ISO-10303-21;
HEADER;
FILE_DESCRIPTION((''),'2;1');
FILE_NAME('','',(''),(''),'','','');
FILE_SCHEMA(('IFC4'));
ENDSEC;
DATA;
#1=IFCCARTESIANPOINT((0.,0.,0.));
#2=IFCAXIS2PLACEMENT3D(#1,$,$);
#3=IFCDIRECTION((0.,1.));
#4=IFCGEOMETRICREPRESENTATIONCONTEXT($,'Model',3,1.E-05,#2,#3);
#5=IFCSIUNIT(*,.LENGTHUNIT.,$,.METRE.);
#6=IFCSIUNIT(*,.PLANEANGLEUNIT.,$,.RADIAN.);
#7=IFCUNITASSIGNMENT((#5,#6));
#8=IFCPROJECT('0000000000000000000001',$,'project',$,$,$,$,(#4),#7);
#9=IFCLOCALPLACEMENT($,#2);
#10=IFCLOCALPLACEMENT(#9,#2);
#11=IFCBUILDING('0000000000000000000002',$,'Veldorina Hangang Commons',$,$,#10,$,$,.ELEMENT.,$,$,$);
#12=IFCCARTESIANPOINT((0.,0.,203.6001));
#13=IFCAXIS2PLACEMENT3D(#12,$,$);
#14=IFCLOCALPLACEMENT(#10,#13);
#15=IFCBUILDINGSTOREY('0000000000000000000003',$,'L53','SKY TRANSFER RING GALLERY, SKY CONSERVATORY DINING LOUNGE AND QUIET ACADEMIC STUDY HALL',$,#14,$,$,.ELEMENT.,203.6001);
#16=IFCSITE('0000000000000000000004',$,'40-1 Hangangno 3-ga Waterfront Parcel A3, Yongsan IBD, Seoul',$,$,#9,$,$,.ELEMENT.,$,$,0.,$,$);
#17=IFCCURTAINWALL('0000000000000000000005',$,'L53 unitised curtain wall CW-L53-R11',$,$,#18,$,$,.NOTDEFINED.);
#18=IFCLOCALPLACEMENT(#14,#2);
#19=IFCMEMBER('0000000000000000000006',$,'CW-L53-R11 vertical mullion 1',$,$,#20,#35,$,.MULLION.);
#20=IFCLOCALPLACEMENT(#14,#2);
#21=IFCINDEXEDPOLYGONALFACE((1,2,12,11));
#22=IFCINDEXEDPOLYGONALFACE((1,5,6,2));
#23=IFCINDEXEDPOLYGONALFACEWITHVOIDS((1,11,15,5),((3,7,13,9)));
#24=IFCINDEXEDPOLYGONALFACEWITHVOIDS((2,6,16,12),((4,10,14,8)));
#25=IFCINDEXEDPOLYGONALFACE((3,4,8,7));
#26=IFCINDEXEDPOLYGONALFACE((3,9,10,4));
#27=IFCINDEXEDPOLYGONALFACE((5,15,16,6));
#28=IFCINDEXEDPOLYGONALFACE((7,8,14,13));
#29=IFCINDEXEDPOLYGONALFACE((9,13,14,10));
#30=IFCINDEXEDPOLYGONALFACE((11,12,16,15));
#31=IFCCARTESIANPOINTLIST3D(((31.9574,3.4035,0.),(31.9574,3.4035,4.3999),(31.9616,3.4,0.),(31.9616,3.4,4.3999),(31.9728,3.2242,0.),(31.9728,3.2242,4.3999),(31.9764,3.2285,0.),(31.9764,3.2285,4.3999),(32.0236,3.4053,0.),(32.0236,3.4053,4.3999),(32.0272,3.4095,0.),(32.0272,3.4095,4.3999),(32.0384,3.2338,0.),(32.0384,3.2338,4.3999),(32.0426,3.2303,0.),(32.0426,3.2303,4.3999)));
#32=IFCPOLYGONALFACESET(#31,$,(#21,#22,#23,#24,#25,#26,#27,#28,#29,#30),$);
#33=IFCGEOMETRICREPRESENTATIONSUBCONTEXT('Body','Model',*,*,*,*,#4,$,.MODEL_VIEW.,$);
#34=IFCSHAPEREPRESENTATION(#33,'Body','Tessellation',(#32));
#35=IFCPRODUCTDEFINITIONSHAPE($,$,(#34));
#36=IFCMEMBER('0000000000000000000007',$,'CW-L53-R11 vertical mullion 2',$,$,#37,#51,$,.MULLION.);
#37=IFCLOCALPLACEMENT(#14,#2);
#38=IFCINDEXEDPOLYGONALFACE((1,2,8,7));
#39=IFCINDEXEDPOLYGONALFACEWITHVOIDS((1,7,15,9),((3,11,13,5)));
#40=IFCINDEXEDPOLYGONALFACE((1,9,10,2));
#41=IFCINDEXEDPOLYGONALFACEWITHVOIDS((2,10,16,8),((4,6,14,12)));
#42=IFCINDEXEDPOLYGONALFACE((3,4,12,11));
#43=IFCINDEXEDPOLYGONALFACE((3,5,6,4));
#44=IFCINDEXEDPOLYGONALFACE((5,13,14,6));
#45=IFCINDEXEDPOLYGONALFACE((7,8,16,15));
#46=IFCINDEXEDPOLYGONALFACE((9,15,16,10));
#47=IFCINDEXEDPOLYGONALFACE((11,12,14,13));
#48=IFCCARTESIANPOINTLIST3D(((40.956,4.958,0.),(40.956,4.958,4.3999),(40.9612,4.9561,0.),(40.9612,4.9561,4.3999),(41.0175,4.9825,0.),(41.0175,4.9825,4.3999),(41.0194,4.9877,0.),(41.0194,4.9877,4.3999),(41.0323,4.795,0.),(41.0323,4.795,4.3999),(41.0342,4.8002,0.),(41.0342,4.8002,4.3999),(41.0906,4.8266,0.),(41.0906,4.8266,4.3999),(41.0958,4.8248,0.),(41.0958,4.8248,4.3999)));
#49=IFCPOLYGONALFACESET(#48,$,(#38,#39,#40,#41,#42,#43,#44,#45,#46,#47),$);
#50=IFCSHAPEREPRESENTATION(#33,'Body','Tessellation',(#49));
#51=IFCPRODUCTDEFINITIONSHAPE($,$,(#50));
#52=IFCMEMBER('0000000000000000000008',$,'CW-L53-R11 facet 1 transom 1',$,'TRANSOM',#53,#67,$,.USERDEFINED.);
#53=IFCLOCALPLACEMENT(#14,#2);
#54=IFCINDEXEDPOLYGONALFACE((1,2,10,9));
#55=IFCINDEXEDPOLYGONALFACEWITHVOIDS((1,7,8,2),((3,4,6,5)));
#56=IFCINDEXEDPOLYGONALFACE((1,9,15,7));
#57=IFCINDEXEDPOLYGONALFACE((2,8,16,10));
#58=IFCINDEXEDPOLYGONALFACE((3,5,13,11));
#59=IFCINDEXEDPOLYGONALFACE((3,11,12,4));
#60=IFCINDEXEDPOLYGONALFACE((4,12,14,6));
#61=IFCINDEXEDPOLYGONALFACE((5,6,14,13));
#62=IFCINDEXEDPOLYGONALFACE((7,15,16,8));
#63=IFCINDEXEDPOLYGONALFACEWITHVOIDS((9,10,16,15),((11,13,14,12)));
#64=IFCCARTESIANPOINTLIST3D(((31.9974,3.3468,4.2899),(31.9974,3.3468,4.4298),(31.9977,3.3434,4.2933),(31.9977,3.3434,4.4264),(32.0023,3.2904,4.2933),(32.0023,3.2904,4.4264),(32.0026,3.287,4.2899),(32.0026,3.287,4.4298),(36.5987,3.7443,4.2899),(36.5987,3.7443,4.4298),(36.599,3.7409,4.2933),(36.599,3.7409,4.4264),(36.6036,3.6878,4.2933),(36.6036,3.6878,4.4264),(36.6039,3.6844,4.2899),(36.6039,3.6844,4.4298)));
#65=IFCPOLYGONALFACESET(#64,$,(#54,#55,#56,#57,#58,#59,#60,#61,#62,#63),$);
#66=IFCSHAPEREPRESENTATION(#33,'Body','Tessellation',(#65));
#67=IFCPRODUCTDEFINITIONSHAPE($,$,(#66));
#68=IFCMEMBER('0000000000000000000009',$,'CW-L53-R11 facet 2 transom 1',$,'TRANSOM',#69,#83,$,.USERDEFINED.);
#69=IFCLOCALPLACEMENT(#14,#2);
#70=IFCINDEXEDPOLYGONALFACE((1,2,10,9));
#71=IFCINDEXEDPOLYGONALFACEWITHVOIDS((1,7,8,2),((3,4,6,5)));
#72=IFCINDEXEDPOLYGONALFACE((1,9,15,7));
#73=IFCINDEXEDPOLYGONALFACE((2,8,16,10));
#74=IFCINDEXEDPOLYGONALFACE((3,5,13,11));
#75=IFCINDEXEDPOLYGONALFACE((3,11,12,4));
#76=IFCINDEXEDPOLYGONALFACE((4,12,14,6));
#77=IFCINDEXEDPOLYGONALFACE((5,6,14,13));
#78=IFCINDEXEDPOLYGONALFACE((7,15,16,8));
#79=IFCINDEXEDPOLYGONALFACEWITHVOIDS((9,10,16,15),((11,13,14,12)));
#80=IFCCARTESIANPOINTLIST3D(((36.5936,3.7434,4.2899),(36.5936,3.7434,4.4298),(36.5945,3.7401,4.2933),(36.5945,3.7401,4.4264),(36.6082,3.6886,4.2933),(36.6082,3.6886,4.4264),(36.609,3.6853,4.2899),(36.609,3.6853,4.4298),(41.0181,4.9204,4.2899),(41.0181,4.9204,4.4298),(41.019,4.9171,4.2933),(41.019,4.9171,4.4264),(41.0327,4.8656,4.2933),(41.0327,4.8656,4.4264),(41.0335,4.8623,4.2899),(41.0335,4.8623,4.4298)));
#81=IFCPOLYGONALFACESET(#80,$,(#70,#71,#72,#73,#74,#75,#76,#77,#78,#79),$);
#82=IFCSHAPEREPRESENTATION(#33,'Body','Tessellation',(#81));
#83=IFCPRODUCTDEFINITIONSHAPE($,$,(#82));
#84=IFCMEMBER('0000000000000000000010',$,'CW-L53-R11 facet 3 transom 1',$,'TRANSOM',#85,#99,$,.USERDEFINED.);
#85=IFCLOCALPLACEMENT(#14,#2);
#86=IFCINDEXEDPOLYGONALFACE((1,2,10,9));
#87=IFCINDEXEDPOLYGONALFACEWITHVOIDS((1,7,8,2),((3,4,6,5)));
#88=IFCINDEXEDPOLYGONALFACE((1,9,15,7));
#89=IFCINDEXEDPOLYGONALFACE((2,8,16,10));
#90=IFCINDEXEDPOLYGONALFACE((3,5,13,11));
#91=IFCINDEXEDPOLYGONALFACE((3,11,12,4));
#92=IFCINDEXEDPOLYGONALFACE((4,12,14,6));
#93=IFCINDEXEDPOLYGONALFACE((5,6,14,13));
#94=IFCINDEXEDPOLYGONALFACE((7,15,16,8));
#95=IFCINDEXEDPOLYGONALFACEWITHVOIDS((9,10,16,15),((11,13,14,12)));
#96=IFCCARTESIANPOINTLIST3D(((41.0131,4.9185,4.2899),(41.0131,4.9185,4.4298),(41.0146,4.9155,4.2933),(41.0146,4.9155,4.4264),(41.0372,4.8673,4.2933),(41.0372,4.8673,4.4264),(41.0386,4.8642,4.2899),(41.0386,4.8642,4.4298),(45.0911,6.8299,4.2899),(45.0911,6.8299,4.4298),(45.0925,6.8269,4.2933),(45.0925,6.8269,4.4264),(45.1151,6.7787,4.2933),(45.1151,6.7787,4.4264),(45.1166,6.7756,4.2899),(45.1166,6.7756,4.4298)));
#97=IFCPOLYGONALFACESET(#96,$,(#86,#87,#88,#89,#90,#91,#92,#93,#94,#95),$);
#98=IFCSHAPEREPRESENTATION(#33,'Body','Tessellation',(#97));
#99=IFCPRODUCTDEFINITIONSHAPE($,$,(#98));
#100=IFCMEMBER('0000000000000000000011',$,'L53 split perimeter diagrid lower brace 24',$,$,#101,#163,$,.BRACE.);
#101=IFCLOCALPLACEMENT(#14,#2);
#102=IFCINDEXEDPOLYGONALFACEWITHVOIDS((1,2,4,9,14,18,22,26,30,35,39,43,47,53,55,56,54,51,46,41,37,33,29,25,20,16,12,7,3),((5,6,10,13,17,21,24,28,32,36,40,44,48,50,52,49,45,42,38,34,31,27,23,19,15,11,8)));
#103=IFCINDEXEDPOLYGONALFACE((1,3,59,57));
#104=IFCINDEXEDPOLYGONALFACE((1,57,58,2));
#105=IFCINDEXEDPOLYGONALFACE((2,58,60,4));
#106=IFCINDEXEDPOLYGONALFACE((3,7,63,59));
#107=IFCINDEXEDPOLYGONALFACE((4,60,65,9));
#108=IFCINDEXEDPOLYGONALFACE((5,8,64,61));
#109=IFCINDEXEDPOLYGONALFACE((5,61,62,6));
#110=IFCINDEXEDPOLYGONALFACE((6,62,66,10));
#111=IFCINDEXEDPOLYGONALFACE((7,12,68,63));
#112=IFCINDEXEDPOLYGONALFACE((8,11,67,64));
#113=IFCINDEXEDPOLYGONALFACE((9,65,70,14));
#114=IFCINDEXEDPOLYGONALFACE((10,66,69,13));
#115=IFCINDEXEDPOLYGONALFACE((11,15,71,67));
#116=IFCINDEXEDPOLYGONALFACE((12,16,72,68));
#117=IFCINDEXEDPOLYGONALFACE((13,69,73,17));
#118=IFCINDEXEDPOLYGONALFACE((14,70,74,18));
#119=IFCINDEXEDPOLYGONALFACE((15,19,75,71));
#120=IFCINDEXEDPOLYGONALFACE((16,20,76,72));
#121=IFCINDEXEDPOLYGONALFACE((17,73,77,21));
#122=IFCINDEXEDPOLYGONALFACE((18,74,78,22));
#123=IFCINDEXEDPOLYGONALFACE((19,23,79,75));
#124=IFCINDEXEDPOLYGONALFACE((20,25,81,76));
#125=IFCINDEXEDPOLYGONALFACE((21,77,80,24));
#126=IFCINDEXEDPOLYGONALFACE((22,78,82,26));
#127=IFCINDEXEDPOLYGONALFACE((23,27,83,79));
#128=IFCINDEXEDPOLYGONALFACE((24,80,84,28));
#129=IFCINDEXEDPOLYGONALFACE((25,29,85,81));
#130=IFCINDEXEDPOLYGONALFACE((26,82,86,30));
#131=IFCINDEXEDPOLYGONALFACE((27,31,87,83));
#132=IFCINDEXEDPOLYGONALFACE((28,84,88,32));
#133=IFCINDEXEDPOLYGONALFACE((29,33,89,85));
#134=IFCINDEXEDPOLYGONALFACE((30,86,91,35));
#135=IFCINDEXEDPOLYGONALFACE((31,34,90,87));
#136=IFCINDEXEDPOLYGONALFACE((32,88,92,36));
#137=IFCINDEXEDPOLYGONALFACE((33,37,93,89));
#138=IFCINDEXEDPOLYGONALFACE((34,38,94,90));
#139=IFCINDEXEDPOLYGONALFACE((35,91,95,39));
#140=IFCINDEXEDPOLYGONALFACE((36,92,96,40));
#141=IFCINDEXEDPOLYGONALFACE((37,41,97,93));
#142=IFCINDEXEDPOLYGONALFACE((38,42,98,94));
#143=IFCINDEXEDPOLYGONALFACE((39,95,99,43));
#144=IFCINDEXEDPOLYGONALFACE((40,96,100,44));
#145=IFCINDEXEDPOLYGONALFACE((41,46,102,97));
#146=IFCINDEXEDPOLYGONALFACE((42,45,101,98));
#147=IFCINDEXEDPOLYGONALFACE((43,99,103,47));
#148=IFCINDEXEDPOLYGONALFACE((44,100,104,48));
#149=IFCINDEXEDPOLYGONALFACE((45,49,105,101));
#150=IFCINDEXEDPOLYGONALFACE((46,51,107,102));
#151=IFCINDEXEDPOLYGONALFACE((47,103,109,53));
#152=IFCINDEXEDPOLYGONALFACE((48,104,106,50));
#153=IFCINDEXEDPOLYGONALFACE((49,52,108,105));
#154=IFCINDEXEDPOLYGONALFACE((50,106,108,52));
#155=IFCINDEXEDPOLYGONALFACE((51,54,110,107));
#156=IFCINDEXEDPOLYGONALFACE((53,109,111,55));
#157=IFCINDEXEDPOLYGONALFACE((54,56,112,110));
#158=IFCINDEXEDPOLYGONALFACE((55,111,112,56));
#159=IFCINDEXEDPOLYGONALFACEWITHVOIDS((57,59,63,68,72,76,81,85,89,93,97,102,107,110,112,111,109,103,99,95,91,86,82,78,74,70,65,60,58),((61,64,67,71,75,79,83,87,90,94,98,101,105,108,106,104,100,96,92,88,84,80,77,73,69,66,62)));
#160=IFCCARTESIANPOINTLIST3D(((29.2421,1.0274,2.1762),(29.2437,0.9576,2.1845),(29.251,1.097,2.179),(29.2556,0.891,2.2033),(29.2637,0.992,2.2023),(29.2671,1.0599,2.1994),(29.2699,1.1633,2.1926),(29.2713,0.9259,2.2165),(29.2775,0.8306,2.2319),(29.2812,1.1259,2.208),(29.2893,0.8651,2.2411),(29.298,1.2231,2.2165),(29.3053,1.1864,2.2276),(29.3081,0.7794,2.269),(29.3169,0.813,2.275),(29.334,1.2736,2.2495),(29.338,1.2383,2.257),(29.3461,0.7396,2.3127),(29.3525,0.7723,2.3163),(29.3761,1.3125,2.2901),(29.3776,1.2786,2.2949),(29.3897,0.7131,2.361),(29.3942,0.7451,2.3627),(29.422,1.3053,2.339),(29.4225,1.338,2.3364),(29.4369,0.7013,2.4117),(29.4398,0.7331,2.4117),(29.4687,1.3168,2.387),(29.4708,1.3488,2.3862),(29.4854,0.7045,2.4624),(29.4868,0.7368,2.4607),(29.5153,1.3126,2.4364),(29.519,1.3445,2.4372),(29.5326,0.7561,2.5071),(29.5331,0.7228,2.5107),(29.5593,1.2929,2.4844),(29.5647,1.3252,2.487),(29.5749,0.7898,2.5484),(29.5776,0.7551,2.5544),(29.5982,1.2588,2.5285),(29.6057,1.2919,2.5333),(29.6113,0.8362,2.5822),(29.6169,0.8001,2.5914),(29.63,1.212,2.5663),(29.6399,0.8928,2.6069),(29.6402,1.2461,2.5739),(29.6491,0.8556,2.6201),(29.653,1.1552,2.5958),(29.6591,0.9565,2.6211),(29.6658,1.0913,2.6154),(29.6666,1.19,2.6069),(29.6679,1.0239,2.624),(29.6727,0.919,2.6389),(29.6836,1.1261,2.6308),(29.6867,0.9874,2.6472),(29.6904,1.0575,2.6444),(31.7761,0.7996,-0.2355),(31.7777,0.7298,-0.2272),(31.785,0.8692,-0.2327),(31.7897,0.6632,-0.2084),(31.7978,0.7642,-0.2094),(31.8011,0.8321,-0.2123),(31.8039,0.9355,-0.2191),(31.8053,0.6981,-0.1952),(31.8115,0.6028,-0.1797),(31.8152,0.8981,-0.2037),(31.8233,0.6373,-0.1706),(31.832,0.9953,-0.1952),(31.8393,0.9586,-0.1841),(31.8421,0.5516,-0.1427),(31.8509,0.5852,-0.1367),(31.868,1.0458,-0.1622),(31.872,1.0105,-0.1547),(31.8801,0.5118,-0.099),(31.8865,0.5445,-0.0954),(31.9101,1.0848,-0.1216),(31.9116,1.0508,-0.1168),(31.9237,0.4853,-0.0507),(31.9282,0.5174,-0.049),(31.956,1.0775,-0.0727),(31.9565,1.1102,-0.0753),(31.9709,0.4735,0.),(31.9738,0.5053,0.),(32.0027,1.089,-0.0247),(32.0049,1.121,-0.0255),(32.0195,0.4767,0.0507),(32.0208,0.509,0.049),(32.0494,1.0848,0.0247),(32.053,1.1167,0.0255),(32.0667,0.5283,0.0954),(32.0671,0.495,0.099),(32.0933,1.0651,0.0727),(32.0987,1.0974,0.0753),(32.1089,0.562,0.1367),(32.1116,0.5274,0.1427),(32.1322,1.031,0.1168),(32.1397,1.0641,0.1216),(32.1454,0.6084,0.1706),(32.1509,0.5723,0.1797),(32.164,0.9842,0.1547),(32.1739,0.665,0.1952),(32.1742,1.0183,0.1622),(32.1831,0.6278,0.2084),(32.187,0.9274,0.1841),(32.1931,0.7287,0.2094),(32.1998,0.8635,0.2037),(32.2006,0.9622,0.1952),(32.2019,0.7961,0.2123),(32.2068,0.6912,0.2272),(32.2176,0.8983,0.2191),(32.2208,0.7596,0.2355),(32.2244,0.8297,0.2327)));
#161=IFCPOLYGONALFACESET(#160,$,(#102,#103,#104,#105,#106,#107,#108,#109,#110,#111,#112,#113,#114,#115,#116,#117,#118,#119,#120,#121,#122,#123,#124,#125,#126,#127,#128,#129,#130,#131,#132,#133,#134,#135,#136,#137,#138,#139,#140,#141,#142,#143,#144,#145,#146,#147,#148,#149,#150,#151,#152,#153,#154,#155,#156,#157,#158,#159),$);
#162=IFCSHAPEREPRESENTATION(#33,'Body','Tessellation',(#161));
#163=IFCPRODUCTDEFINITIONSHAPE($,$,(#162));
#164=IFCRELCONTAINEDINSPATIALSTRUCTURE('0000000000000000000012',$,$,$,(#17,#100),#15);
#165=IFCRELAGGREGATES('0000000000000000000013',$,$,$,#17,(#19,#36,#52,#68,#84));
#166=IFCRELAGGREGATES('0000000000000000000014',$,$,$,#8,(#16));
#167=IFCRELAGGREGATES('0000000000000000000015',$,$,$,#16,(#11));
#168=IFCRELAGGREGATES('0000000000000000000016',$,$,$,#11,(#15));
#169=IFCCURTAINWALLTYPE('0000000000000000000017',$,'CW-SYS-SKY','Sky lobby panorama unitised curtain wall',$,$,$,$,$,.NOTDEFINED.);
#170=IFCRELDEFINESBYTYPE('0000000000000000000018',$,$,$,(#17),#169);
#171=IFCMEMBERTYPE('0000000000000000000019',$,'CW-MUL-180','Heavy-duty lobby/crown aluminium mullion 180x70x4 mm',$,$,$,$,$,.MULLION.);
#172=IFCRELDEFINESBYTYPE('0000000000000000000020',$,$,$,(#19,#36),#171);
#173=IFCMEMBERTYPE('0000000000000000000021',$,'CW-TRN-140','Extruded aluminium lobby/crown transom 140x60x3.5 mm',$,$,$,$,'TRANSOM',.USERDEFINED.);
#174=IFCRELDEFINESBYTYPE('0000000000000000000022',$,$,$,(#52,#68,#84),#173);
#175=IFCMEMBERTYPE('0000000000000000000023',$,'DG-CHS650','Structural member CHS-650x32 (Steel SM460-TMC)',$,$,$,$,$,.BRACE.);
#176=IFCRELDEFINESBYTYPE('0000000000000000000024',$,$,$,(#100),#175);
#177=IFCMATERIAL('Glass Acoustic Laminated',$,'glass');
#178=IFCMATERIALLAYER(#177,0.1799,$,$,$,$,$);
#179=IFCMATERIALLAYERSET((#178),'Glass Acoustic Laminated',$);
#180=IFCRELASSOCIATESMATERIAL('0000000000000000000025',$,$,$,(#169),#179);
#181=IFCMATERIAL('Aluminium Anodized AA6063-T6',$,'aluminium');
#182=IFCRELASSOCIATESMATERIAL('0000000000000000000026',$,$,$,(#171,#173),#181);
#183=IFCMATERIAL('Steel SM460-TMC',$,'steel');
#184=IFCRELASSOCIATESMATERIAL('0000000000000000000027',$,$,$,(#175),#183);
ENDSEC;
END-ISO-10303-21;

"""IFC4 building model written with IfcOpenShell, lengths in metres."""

from ifc_helpers import new_model, si_unit, direction, frame, origin, origin_2d, place, context, subcontext, project, spatial, hollow_rectangle, hollow_circle, extrude, material, layer, layer_set, material_profile, profile_set, type_object, element, aggregate, save


model = new_model("IFC4")

# Units and contexts
model_context = context("Model", 3, precision=1e-05, world=origin(), true_north=direction((0.0, 1.0)))
body_context = subcontext(model_context, "Body", "Model", "MODEL_VIEW")
ifc_project = project(units=[si_unit("LENGTHUNIT", "METRE"), si_unit("PLANEANGLEUNIT", "RADIAN")], contexts=[model_context])

# Site, building, storey
site_placement = place(None, origin())
site = spatial("IfcSite", under=ifc_project, at=site_placement, Name="40-1 Hangangno 3-ga Waterfront Parcel A3, Yongsan IBD, Seoul", CompositionType="ELEMENT", RefElevation=0.0)
building_placement = place(site_placement, origin())
building = spatial("IfcBuilding", under=site, at=building_placement, Name="Veldorina Hangang Commons", CompositionType="ELEMENT")
storey_placement = place(building_placement, frame((0.0, 0.0, 203.6001)))
storey = spatial("IfcBuildingStorey", under=building, at=storey_placement, Name="L53", Description="SKY TRANSFER RING GALLERY, SKY CONSERVATORY DINING LOUNGE AND QUIET ACADEMIC STUDY HALL", CompositionType="ELEMENT", Elevation=203.6001)

# Curtain wall, members
ifc_material_1 = material(Name="Glass Acoustic Laminated", Category="glass")
ifc_layer_1 = layer(ifc_material_1, 0.1799)
ifc_layer_set_1 = layer_set([ifc_layer_1], Name="Glass Acoustic Laminated")
curtain_wall_type = type_object("IfcCurtainWallType", Name="CW-SYS-SKY", Description="Sky lobby panorama unitised curtain wall", PredefinedType="NOTDEFINED", material=ifc_layer_set_1)
curtain_wall_placement = place(storey_placement, origin())
curtain_wall = element("IfcCurtainWall", 1, at=curtain_wall_placement, inside=storey, type_object=curtain_wall_type, Name="L53 unitised curtain wall CW-L53-R11", PredefinedType="NOTDEFINED")
ifc_material_2 = material(Name="Aluminium Anodized AA6063-T6", Category="aluminium")
ifc_material_profile_1 = material_profile(ifc_material_2, hollow_rectangle(XDim=0.0701, YDim=0.1799, WallThickness=0.0039, at=origin_2d()), Name="ALU-RHS-180x70x4")
ifc_profile_set_1 = profile_set([ifc_material_profile_1], Name="Aluminium Anodized AA6063-T6")
member_type_1 = type_object("IfcMemberType", Name="CW-MUL-180", Description="Heavy-duty lobby/crown aluminium mullion 180x70x4 mm", PredefinedType="MULLION", material=ifc_profile_set_1)
member_1_placement = place(storey_placement, frame((32.0, 3.3169, 0.0), z_axis=(0.0, 0.0, 1.0), x_axis=(0.996291, 0.086043, 0.0)))
member_1 = element("IfcMember", 2, at=member_1_placement, type_object=member_type_1, Name="CW-L53-R11 vertical mullion 1", PredefinedType="MULLION", context=body_context, shape_type="SweptSolid", body=[
    extrude(hollow_rectangle(XDim=0.0701, YDim=0.1799, WallThickness=0.0039, at=origin_2d()), origin(), (0.0, 0.0, 1.0), 4.3999),
])
member_2_placement = place(storey_placement, frame((41.0259, 4.8914, 0.0), z_axis=(0.0, 0.0, 1.0), x_axis=(0.905473, 0.424405, 0.0)))
member_2 = element("IfcMember", 3, at=member_2_placement, type_object=member_type_1, Name="CW-L53-R11 vertical mullion 2", PredefinedType="MULLION", context=body_context, shape_type="SweptSolid", body=[
    extrude(hollow_rectangle(XDim=0.0701, YDim=0.1799, WallThickness=0.0039, at=origin_2d()), origin(), (0.0, 0.0, 1.0), 4.3999),
])
ifc_material_profile_2 = material_profile(ifc_material_2, hollow_rectangle(XDim=0.0601, YDim=0.1399, WallThickness=0.0034, at=origin_2d()), Name="ALU-RHS-140x60x3.5")
ifc_profile_set_2 = profile_set([ifc_material_profile_2], Name="Aluminium Anodized AA6063-T6")
member_type_2 = type_object("IfcMemberType", Name="CW-TRN-140", Description="Extruded aluminium lobby/crown transom 140x60x3.5 mm", ElementType="TRANSOM", PredefinedType="USERDEFINED", material=ifc_profile_set_2)
member_3_placement = place(storey_placement, frame((32.0, 3.3169, 4.3599), z_axis=(0.99629, 0.086059, 0.0), x_axis=(-0.086059, 0.99629, 0.0)))
member_3 = element("IfcMember", 4, at=member_3_placement, type_object=member_type_2, Name="CW-L53-R11 facet 1 transom 1", ObjectType="TRANSOM", PredefinedType="USERDEFINED", context=body_context, shape_type="SweptSolid", body=[
    extrude(hollow_rectangle(XDim=0.0601, YDim=0.1399, WallThickness=0.0034, at=origin_2d()), origin(), (0.0, 0.0, 1.0), 4.6184),
])
member_4_placement = place(storey_placement, frame((36.6013, 3.7144, 4.3599), z_axis=(0.966391, 0.257075, 0.0), x_axis=(-0.257075, 0.966391, 0.0)))
member_4 = element("IfcMember", 5, at=member_4_placement, type_object=member_type_2, Name="CW-L53-R11 facet 2 transom 1", ObjectType="TRANSOM", PredefinedType="USERDEFINED", context=body_context, shape_type="SweptSolid", body=[
    extrude(hollow_rectangle(XDim=0.0601, YDim=0.1399, WallThickness=0.0034, at=origin_2d()), origin(), (0.0, 0.0, 1.0), 4.5784),
])
member_5_placement = place(storey_placement, frame((41.0259, 4.8914, 4.3599), z_axis=(0.90547, 0.42441, 0.0), x_axis=(-0.42441, 0.90547, 0.0)))
member_5 = element("IfcMember", 6, at=member_5_placement, type_object=member_type_2, Name="CW-L53-R11 facet 3 transom 1", ObjectType="TRANSOM", PredefinedType="USERDEFINED", context=body_context, shape_type="SweptSolid", body=[
    extrude(hollow_rectangle(XDim=0.0601, YDim=0.1399, WallThickness=0.0034, at=origin_2d()), origin(), (0.0, 0.0, 1.0), 4.5037),
])

# Member
ifc_material_3 = material(Name="Steel SM460-TMC", Category="steel")
ifc_material_profile_3 = material_profile(ifc_material_3, hollow_circle(Radius=0.325, WallThickness=0.032, at=origin_2d()), Name="CHS-650x32")
ifc_profile_set_3 = profile_set([ifc_material_profile_3], Name="Steel SM460-TMC")
member_type_3 = type_object("IfcMemberType", Name="DG-CHS650", Description="Structural member CHS-650x32 (Steel SM460-TMC)", PredefinedType="BRACE", material=ifc_profile_set_3)
member_6_placement = place(storey_placement, frame((32.0, 0.7971, 0.0), z_axis=(-0.722843, 0.064979, 0.687951), x_axis=(-0.089532, -0.995984, 0.0)))
element("IfcMember", 7, at=member_6_placement, inside=storey, type_object=member_type_3, Name="L53 split perimeter diagrid lower brace 24", PredefinedType="BRACE", context=body_context, shape_type="SweptSolid", body=[
    extrude(hollow_circle(Radius=0.325, WallThickness=0.032, at=origin_2d()), origin(), (0.0, 0.0, 1.0), 3.5056),
])

aggregate(curtain_wall, [member_1, member_2, member_3, member_4, member_5])

save(model, "model.ifc")
